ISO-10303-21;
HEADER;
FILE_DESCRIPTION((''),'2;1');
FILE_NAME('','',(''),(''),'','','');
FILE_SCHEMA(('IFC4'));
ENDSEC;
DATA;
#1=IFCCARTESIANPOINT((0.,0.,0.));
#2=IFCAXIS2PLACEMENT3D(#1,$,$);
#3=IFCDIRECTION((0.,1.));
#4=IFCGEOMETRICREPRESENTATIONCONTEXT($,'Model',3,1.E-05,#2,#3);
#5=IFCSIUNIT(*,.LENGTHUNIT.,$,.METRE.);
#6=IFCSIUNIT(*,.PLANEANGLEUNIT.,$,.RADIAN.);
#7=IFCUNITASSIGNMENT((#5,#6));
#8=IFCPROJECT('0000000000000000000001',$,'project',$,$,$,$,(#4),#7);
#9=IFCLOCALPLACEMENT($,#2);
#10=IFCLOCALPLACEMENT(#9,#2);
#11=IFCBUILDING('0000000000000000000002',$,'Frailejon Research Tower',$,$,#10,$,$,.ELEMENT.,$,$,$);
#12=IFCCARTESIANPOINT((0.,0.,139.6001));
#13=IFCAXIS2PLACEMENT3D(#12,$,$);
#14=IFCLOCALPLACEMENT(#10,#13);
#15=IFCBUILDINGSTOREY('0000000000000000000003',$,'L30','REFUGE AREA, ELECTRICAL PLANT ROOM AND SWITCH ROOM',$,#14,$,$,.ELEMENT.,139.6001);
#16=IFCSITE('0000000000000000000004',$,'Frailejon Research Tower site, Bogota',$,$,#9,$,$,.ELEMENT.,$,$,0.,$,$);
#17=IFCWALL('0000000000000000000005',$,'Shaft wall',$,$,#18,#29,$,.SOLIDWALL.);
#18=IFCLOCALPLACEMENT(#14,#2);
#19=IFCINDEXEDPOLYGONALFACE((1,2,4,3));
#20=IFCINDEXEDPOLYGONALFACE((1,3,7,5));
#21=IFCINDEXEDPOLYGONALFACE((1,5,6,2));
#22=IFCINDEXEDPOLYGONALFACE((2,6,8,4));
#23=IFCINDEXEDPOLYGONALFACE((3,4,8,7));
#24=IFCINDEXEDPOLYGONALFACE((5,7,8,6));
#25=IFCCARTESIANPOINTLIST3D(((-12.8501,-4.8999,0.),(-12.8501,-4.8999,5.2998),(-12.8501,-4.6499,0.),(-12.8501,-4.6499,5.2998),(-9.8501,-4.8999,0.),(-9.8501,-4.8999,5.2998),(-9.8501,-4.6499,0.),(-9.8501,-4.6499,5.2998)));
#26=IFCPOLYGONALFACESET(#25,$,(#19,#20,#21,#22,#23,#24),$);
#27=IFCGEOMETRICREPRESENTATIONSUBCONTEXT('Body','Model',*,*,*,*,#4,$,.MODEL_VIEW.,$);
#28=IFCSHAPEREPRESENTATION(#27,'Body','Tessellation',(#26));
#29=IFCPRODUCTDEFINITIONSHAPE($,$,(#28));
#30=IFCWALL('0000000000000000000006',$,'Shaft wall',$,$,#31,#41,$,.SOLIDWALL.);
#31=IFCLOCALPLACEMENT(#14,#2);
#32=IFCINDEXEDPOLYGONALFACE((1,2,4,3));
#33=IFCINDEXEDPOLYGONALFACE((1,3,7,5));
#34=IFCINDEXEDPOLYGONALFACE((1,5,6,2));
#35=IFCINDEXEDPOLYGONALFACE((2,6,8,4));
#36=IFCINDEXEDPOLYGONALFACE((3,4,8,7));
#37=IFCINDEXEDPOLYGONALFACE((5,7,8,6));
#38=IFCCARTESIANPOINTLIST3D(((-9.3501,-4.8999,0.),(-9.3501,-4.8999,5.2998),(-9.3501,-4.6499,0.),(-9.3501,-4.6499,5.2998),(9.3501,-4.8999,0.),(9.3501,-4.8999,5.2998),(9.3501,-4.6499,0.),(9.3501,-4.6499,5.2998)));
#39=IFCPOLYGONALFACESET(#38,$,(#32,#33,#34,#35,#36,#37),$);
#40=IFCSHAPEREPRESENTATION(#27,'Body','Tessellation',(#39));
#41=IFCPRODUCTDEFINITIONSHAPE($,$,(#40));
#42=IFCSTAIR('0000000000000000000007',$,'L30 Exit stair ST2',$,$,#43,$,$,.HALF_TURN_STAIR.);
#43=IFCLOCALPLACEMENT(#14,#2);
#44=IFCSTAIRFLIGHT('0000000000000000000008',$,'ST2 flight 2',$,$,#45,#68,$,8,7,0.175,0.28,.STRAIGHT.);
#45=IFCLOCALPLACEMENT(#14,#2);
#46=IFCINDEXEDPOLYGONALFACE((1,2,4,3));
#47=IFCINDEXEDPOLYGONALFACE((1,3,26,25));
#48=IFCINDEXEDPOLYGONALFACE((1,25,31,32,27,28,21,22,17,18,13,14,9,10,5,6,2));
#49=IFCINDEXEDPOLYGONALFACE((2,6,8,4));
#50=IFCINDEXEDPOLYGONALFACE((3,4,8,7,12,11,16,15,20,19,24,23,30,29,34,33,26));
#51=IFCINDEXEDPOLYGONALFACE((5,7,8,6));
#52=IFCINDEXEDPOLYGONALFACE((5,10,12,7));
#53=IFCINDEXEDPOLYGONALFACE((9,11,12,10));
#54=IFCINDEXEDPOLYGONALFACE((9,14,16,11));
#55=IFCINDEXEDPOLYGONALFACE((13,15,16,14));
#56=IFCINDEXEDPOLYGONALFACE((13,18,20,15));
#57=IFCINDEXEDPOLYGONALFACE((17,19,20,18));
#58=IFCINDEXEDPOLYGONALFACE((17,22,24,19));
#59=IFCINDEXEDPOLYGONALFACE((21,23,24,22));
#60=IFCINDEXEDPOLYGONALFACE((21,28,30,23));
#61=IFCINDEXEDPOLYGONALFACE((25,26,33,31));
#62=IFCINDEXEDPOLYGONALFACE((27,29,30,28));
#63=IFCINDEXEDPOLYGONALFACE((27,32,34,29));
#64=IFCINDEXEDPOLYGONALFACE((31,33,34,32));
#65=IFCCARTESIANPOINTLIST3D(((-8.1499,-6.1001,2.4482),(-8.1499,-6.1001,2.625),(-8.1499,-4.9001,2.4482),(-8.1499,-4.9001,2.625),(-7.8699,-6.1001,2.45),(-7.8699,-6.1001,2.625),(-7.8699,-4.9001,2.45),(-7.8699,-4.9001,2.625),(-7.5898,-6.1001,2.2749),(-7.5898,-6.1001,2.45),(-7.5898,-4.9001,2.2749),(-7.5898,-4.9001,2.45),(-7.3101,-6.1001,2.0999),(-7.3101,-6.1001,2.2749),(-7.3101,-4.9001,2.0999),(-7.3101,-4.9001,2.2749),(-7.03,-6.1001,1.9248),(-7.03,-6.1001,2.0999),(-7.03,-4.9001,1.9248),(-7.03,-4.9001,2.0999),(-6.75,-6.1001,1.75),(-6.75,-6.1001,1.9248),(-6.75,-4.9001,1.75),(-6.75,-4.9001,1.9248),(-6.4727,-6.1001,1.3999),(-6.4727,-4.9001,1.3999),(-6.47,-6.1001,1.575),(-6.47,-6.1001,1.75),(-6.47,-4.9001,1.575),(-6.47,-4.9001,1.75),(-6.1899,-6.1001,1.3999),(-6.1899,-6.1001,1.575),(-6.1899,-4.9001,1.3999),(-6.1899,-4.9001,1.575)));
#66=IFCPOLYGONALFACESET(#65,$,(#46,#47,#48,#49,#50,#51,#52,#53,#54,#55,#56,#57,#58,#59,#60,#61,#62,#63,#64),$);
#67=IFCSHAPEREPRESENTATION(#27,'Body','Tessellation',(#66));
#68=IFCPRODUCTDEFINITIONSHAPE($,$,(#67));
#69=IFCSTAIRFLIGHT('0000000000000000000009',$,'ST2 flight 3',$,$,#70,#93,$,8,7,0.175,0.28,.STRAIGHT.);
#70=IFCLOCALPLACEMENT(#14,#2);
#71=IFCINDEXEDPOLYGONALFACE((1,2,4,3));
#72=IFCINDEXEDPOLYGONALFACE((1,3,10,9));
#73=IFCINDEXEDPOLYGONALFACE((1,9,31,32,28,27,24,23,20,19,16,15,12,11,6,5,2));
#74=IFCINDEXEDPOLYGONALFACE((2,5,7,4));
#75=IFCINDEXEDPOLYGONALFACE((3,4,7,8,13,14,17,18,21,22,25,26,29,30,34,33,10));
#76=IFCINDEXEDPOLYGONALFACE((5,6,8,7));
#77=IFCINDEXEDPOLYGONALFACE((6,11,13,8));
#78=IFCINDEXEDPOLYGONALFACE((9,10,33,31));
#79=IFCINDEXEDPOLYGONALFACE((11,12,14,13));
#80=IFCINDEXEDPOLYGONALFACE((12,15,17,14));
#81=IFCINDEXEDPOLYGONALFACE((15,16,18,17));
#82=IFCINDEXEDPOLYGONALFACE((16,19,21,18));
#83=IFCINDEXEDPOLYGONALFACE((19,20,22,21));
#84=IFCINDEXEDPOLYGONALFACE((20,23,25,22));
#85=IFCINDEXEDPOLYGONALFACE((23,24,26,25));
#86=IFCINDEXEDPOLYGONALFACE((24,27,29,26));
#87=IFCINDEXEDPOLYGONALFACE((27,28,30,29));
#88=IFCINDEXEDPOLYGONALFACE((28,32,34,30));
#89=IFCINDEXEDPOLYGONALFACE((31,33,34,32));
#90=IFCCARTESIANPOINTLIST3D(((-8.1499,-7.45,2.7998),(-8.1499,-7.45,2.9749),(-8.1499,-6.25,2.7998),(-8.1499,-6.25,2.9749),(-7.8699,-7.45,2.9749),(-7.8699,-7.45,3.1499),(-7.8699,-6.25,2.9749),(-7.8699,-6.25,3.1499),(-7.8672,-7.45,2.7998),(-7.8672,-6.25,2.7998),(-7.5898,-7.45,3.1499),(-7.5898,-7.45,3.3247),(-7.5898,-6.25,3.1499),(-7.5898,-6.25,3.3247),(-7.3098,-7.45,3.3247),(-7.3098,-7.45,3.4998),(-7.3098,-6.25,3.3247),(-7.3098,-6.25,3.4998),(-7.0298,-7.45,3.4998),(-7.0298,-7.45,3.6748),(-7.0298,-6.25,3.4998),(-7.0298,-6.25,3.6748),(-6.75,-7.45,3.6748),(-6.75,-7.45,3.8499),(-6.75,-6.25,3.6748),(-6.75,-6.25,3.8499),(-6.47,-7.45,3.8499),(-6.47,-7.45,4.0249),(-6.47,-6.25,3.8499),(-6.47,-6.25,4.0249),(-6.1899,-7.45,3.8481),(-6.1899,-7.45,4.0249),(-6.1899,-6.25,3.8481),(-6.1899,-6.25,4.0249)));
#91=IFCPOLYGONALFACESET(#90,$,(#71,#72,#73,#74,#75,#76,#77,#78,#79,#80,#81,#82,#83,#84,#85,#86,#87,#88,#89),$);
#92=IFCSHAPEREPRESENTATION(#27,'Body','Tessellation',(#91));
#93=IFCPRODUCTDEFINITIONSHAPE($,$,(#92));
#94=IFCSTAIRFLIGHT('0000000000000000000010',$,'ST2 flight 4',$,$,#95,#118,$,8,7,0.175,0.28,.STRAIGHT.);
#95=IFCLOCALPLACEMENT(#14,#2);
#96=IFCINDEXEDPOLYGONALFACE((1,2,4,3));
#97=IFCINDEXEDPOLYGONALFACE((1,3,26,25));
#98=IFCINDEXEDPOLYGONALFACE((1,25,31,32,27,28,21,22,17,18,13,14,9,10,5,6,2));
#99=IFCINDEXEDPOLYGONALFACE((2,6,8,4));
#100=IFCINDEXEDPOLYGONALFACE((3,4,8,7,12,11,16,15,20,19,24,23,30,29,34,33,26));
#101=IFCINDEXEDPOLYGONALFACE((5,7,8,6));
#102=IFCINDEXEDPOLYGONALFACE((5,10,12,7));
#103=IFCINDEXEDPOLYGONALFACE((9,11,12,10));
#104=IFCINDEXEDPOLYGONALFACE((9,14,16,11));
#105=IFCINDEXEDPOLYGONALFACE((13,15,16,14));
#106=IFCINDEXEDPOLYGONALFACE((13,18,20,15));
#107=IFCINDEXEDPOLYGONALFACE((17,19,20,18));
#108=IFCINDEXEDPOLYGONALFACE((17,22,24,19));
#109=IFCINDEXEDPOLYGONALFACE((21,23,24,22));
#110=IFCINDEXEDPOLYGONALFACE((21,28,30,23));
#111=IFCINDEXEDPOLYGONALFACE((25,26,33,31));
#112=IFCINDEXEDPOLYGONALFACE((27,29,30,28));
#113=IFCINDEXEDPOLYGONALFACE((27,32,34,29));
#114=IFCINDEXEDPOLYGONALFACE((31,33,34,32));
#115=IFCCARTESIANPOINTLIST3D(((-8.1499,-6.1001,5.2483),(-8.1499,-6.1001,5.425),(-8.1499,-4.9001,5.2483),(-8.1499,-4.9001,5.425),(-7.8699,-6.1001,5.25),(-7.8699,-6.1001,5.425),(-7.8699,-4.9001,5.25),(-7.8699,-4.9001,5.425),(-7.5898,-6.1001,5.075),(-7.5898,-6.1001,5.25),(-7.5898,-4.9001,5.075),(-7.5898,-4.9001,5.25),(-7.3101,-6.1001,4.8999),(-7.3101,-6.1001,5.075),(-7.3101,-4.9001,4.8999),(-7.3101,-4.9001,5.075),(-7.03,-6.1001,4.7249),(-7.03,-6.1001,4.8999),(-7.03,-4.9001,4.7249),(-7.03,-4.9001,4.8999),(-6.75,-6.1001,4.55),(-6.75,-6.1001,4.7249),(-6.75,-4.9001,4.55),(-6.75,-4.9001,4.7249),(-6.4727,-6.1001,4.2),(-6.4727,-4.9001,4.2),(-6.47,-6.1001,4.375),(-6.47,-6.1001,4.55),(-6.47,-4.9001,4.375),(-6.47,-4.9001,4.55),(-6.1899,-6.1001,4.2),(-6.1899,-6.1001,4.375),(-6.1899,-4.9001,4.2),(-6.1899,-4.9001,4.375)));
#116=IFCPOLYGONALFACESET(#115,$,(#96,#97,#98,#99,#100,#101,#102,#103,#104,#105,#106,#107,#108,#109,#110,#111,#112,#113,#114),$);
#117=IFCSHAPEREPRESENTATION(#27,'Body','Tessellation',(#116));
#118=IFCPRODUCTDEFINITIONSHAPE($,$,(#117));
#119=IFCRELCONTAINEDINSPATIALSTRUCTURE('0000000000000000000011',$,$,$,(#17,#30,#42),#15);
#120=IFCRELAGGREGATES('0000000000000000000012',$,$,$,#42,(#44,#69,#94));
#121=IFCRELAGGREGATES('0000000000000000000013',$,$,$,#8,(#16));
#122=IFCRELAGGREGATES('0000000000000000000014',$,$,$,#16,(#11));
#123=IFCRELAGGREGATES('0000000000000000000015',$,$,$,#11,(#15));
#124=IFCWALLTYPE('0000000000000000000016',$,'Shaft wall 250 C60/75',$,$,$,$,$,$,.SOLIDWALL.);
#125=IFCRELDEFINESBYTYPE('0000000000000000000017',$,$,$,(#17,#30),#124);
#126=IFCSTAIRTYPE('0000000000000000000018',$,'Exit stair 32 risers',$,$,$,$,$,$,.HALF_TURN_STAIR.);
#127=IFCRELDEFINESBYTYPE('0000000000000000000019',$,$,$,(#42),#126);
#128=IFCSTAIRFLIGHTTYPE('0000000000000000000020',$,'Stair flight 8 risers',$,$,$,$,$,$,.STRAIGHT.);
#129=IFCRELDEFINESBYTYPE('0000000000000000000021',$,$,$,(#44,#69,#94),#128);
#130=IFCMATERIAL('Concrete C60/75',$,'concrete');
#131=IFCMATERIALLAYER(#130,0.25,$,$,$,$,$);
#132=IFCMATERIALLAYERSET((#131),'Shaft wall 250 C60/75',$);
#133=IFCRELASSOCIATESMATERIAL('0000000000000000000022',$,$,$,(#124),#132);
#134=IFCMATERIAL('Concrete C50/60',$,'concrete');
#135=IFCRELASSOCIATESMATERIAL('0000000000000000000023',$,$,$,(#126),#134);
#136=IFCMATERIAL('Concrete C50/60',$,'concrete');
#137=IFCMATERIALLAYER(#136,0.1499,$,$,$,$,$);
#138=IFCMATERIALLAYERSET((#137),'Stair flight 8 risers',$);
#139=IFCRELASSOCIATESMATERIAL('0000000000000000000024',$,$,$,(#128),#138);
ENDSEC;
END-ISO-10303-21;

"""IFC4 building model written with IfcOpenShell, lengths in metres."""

from ifc_helpers import new_model, si_unit, direction, frame, frame_2d, origin, place, context, subcontext, project, spatial, polyline, rectangle, outline, extrude, material, layer, layer_set, type_object, element, aggregate, save


model = new_model("IFC4")

# Units and contexts
model_context = context("Model", 3, precision=1e-05, world=origin(), true_north=direction((0.0, 1.0)))
body_context = subcontext(model_context, "Body", "Model", "MODEL_VIEW")
ifc_project = project(units=[si_unit("LENGTHUNIT", "METRE"), si_unit("PLANEANGLEUNIT", "RADIAN")], contexts=[model_context])

# Site, building, storey
site_placement = place(None, origin())
site = spatial("IfcSite", under=ifc_project, at=site_placement, Name="Frailejon Research Tower site, Bogota", CompositionType="ELEMENT", RefElevation=0.0)
building_placement = place(site_placement, origin())
building = spatial("IfcBuilding", under=site, at=building_placement, Name="Frailejon Research Tower", CompositionType="ELEMENT")
storey_placement = place(building_placement, frame((0.0, 0.0, 139.6001)))
storey = spatial("IfcBuildingStorey", under=building, at=storey_placement, Name="L30", Description="REFUGE AREA, ELECTRICAL PLANT ROOM AND SWITCH ROOM", CompositionType="ELEMENT", Elevation=139.6001)

# Shared definitions
ifc_material_1 = material(Name="Concrete C60/75", Category="concrete")
ifc_layer_1 = layer(ifc_material_1, 0.25)
ifc_layer_set_1 = layer_set([ifc_layer_1], Name="Shaft wall 250 C60/75")
wall_type_1 = type_object("IfcWallType", Name="Shaft wall 250 C60/75", PredefinedType="SOLIDWALL", material=ifc_layer_set_1)

# Walls
wall_1_placement = place(storey_placement, frame((-12.8501, -4.7749, 0.0), z_axis=(0.0, 0.0, 1.0), x_axis=(1.0, 0.0, 0.0)))
element("IfcWall", 1, at=wall_1_placement, inside=storey, type_object=wall_type_1, Name="Shaft wall", PredefinedType="SOLIDWALL", context=body_context, shape_type="SweptSolid", body=[
    extrude(rectangle(XDim=3.0, YDim=0.25, at=frame_2d((1.5, 0.0))), origin(), (0.0, 0.0, 1.0), 5.2998),
])
wall_2_placement = place(storey_placement, frame((-9.3501, -4.7749, 0.0), z_axis=(0.0, 0.0, 1.0), x_axis=(1.0, 0.0, 0.0)))
element("IfcWall", 2, at=wall_2_placement, inside=storey, type_object=wall_type_1, Name="Shaft wall", PredefinedType="SOLIDWALL", context=body_context, shape_type="SweptSolid", body=[
    extrude(rectangle(XDim=18.7002, YDim=0.25, at=frame_2d((9.3501, 0.0))), origin(), (0.0, 0.0, 1.0), 5.2998),
])

# Stair, stair flights
ifc_material_2 = material(Name="Concrete C50/60", Category="concrete")
stair_type = type_object("IfcStairType", Name="Exit stair 32 risers", PredefinedType="HALF_TURN_STAIR", material=ifc_material_2)
stair_placement = place(storey_placement, origin())
stair = element("IfcStair", 3, at=stair_placement, inside=storey, type_object=stair_type, Name="L30 Exit stair ST2", PredefinedType="HALF_TURN_STAIR")
ifc_material_3 = material(Name="Concrete C50/60", Category="concrete")
ifc_layer_2 = layer(ifc_material_3, 0.1499)
ifc_layer_set_2 = layer_set([ifc_layer_2], Name="Stair flight 8 risers")
stair_flight_type = type_object("IfcStairFlightType", Name="Stair flight 8 risers", PredefinedType="STRAIGHT", material=ifc_layer_set_2)
stair_flight_1_placement = place(storey_placement, frame((-6.1899, -5.5, 1.3999), z_axis=(0.0, 0.0, 1.0), x_axis=(-1.0, 0.0, 0.0)))
stair_flight_1 = element("IfcStairFlight", 4, at=stair_flight_1_placement, type_object=stair_flight_type, Name="ST2 flight 2", NumberOfRisers=8, NumberOfTreads=7, PredefinedType="STRAIGHT", RiserHeight=0.175, TreadLength=0.28, context=body_context, shape_type="SweptSolid", body=[
    extrude(outline(polyline([(0.0, 0.0), (0.0, 0.175), (0.28, 0.175), (0.28, 0.3501), (0.5601, 0.3501), (0.5601, 0.5249), (0.8401, 0.5249), (0.8401, 0.7), (1.1201, 0.7), (1.1201, 0.875), (1.3999, 0.875), (1.3999, 1.05), (1.6799, 1.05), (1.6799, 1.2251), (1.96, 1.2251), (1.96, 1.3999), (1.96, 1.0483), (0.2827, 0.0), (0.0, 0.0)])), frame((0.0, 0.6001, 0.0), z_axis=(0.0, -1.0, 0.0), x_axis=(1.0, 0.0, 0.0)), (0.0, 0.0, 1.0), 1.2),
])
stair_flight_2_placement = place(storey_placement, frame((-8.1499, -6.8501, 2.7998), z_axis=(0.0, 0.0, 1.0), x_axis=(1.0, 0.0, 0.0)))
stair_flight_2 = element("IfcStairFlight", 5, at=stair_flight_2_placement, type_object=stair_flight_type, Name="ST2 flight 3", NumberOfRisers=8, NumberOfTreads=7, PredefinedType="STRAIGHT", RiserHeight=0.175, TreadLength=0.28, context=body_context, shape_type="SweptSolid", body=[
    extrude(outline(polyline([(0.0, 0.0), (0.0, 0.175), (0.28, 0.175), (0.28, 0.3501), (0.5601, 0.3501), (0.5601, 0.5249), (0.8401, 0.5249), (0.8401, 0.7), (1.1201, 0.7), (1.1201, 0.875), (1.3999, 0.875), (1.3999, 1.05), (1.6799, 1.05), (1.6799, 1.2251), (1.96, 1.2251), (1.96, 1.3999), (1.96, 1.0483), (0.2827, 0.0), (0.0, 0.0)])), frame((0.0, 0.6001, 0.0), z_axis=(0.0, -1.0, 0.0), x_axis=(1.0, 0.0, 0.0)), (0.0, 0.0, 1.0), 1.2),
])
stair_flight_3_placement = place(storey_placement, frame((-6.1899, -5.5, 4.2), z_axis=(0.0, 0.0, 1.0), x_axis=(-1.0, 0.0, 0.0)))
stair_flight_3 = element("IfcStairFlight", 6, at=stair_flight_3_placement, type_object=stair_flight_type, Name="ST2 flight 4", NumberOfRisers=8, NumberOfTreads=7, PredefinedType="STRAIGHT", RiserHeight=0.175, TreadLength=0.28, context=body_context, shape_type="SweptSolid", body=[
    extrude(outline(polyline([(0.0, 0.0), (0.0, 0.175), (0.28, 0.175), (0.28, 0.3501), (0.5601, 0.3501), (0.5601, 0.5249), (0.8401, 0.5249), (0.8401, 0.7), (1.1201, 0.7), (1.1201, 0.875), (1.3999, 0.875), (1.3999, 1.05), (1.6799, 1.05), (1.6799, 1.2251), (1.96, 1.2251), (1.96, 1.3999), (1.96, 1.0483), (0.2827, 0.0), (0.0, 0.0)])), frame((0.0, 0.6001, 0.0), z_axis=(0.0, -1.0, 0.0), x_axis=(1.0, 0.0, 0.0)), (0.0, 0.0, 1.0), 1.2),
])
aggregate(stair, [stair_flight_1, stair_flight_2, stair_flight_3])

save(model, "model.ifc")
